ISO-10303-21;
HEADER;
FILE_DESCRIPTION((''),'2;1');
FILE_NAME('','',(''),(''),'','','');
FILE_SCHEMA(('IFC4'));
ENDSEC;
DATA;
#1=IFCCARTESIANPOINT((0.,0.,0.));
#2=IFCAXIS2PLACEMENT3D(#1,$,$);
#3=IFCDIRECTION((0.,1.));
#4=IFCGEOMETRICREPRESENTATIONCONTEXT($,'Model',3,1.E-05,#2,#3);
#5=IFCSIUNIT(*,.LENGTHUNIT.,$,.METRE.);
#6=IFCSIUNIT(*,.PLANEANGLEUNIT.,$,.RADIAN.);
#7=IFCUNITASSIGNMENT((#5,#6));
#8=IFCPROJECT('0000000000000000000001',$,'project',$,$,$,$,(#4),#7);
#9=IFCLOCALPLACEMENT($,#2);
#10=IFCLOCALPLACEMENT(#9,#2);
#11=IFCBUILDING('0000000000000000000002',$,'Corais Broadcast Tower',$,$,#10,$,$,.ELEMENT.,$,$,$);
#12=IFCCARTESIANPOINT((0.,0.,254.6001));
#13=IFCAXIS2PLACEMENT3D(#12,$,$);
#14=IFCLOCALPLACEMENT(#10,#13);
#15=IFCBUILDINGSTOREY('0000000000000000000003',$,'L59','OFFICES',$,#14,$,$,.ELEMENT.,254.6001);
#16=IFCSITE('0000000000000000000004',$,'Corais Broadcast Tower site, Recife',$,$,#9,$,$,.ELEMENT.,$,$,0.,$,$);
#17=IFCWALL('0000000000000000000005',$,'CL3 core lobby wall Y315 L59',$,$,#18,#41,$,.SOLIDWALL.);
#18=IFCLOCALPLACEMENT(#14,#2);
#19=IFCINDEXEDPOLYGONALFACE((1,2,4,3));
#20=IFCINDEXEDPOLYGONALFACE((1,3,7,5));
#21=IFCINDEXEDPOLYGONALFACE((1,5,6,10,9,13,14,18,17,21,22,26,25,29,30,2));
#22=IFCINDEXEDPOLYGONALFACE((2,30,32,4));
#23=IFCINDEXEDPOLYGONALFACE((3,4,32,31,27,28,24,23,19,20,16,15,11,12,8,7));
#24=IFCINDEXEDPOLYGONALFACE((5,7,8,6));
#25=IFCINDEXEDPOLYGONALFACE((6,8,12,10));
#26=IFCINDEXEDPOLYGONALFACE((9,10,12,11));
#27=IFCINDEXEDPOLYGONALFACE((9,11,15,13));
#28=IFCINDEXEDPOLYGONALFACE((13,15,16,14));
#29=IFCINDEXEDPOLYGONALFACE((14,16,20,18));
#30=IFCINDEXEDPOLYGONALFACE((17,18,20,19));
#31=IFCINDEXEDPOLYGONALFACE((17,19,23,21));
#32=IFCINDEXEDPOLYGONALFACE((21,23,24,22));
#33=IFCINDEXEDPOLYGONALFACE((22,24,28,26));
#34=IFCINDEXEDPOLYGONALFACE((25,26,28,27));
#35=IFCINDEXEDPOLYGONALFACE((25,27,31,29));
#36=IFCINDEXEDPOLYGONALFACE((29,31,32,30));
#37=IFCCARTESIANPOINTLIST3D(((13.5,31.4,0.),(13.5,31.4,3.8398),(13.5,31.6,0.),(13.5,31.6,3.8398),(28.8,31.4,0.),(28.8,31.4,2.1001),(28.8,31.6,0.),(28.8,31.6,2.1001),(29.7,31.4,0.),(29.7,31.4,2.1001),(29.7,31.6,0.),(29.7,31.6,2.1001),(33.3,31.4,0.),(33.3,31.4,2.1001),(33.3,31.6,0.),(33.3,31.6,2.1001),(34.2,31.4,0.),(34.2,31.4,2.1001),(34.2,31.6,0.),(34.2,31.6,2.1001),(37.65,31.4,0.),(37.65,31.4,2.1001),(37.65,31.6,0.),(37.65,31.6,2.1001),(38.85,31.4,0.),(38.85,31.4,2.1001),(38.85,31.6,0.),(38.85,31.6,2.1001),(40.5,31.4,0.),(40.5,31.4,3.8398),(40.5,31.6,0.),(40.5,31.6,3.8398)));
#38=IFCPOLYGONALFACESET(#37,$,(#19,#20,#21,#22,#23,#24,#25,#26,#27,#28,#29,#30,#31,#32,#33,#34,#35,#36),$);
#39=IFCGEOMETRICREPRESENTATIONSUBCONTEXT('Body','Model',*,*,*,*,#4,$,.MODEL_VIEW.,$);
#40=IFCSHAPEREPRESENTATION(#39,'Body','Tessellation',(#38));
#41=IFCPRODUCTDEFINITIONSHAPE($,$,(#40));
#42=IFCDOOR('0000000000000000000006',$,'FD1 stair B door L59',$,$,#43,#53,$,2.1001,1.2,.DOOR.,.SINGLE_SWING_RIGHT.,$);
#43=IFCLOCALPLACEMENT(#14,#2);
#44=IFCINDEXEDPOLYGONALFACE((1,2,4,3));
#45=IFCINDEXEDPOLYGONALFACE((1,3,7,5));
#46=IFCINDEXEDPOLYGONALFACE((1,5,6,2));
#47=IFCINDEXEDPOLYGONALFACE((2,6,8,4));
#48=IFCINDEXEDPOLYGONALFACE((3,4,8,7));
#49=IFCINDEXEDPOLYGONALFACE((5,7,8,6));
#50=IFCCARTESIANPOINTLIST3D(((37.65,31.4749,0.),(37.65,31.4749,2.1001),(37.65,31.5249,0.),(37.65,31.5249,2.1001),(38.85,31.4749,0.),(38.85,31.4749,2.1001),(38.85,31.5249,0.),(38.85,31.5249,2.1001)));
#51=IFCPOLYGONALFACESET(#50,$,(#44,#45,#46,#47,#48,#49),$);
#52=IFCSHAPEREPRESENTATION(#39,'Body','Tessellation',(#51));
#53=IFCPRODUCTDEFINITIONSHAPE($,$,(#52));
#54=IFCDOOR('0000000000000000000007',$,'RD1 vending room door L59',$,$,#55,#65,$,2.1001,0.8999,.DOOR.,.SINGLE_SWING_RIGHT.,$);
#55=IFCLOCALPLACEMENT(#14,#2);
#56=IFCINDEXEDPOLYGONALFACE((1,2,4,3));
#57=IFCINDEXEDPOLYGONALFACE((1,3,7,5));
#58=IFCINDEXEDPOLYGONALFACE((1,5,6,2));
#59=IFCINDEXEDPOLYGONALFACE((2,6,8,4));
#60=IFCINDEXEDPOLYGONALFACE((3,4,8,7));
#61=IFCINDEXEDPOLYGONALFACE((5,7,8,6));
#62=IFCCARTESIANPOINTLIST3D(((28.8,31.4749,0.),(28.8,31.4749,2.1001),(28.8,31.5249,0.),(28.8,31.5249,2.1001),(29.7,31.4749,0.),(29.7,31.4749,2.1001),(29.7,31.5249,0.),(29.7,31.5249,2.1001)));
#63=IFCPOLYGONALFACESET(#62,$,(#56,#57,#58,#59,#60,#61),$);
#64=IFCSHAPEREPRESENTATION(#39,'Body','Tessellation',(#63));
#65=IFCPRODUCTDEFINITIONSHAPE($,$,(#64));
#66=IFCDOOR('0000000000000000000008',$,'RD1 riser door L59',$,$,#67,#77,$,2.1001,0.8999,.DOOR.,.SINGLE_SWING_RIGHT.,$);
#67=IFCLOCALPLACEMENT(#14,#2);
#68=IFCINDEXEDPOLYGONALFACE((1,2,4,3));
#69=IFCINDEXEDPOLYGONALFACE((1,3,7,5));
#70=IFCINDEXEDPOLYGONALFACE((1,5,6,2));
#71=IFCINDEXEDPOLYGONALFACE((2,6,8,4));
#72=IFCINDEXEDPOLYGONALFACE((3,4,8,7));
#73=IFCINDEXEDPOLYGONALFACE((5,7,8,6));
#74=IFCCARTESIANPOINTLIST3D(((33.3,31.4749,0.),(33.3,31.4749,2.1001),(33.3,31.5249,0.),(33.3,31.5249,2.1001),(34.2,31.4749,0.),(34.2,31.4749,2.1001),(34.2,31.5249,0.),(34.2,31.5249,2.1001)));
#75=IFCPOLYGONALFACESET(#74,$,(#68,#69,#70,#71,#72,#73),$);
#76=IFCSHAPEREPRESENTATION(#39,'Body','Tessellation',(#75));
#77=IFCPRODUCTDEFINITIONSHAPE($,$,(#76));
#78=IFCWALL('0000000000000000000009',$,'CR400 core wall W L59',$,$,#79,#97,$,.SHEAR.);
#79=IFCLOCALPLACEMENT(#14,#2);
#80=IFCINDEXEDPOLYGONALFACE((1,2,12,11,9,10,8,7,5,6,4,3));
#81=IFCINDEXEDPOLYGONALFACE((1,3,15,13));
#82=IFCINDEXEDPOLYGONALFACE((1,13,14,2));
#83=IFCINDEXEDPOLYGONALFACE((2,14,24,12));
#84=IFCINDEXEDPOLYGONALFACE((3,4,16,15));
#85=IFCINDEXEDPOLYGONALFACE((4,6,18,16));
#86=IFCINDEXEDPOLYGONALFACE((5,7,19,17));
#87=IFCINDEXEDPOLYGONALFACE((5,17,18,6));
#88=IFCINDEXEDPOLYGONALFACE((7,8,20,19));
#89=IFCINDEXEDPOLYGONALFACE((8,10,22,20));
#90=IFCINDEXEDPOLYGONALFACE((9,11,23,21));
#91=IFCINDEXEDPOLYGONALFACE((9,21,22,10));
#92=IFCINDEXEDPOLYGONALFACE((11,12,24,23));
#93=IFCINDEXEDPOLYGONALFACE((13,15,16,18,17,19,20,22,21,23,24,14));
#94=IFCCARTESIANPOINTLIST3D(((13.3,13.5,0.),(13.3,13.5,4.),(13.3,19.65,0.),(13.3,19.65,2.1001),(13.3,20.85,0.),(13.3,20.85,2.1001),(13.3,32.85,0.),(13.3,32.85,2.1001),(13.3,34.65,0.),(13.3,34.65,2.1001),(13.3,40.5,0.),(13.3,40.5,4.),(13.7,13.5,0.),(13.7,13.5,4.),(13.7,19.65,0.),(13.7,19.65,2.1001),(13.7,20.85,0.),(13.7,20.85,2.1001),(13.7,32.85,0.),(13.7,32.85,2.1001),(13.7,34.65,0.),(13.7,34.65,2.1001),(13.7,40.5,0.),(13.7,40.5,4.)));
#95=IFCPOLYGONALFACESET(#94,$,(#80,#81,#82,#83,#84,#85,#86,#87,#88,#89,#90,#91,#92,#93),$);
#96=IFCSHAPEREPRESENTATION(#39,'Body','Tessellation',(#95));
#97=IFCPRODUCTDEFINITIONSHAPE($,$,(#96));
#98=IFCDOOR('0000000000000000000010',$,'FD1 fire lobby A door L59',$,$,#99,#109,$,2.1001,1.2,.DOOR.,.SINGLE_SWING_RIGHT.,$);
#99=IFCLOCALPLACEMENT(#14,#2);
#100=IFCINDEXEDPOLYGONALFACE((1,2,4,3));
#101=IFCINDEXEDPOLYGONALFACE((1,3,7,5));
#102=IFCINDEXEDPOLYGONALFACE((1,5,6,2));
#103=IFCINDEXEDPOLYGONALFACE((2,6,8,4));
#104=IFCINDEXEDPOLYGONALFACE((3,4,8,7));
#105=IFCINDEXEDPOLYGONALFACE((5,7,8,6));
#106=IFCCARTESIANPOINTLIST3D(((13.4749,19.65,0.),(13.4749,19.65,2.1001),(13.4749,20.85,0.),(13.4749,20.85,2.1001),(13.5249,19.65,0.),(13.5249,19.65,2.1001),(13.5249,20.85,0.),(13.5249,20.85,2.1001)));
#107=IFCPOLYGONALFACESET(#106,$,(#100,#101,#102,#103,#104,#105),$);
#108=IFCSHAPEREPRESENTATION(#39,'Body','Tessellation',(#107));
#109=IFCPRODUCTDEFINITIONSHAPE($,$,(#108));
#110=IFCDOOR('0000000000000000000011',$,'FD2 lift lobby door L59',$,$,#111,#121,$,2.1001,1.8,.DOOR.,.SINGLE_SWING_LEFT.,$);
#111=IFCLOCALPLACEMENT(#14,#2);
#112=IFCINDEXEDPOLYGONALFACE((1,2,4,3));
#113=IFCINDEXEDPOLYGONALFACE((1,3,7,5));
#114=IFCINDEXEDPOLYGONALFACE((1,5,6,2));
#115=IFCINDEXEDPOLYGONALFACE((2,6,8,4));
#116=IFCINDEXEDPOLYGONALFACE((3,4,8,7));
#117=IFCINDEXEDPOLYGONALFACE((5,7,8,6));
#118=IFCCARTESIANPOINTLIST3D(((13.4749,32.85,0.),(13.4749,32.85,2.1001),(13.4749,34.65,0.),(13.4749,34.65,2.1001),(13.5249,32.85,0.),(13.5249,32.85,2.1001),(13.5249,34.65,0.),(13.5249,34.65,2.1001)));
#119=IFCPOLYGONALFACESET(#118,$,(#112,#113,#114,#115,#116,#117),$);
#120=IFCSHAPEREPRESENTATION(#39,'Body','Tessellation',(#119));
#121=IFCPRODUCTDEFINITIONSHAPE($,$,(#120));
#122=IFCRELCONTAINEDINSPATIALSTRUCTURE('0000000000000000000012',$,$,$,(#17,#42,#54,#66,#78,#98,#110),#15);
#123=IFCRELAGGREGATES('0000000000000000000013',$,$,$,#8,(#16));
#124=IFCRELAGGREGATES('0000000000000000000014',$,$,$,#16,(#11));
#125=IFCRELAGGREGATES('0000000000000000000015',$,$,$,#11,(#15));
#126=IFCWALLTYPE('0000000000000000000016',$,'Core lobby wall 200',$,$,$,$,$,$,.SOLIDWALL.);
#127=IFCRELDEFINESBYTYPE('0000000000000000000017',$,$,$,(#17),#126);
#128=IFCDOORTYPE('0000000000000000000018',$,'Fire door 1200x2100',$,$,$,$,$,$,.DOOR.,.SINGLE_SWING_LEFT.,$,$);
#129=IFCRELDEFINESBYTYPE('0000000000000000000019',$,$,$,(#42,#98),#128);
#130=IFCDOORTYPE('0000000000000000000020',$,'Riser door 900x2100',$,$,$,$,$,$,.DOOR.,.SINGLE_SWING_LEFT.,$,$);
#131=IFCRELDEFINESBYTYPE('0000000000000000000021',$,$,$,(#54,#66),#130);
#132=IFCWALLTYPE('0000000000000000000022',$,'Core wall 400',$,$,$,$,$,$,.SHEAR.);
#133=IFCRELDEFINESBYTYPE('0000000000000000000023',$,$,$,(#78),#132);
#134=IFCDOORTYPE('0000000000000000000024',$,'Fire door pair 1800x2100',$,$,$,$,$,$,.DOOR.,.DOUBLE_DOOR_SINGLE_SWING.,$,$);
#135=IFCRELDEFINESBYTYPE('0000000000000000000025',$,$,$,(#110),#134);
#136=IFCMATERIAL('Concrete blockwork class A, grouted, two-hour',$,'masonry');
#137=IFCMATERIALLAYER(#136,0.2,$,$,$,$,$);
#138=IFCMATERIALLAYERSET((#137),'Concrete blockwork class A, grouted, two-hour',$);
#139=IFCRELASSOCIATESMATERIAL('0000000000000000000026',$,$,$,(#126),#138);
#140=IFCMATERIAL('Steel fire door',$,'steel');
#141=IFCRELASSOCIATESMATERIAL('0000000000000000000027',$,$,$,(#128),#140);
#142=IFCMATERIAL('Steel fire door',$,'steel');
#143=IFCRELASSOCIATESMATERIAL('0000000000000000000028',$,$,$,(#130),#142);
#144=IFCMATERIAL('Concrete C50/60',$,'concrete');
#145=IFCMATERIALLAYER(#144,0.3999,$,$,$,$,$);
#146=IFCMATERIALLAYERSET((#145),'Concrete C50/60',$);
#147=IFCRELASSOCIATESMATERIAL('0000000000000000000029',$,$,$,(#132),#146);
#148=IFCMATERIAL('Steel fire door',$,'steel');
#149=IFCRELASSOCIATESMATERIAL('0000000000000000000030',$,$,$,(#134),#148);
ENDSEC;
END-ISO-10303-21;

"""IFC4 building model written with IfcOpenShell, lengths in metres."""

from ifc_helpers import new_model, si_unit, direction, frame, frame_2d, origin, place, context, subcontext, project, spatial, rectangle, extrude, material, layer, layer_set, type_object, element, fill, save


model = new_model("IFC4")

# Units and contexts
model_context = context("Model", 3, precision=1e-05, world=origin(), true_north=direction((0.0, 1.0)))
body_context = subcontext(model_context, "Body", "Model", "MODEL_VIEW")
ifc_project = project(units=[si_unit("LENGTHUNIT", "METRE"), si_unit("PLANEANGLEUNIT", "RADIAN")], contexts=[model_context])

# Site, building, storey
site_placement = place(None, origin())
site = spatial("IfcSite", under=ifc_project, at=site_placement, Name="Corais Broadcast Tower site, Recife", CompositionType="ELEMENT", RefElevation=0.0)
building_placement = place(site_placement, origin())
building = spatial("IfcBuilding", under=site, at=building_placement, Name="Corais Broadcast Tower", CompositionType="ELEMENT")
storey_placement = place(building_placement, frame((0.0, 0.0, 254.6001)))
storey = spatial("IfcBuildingStorey", under=building, at=storey_placement, Name="L59", Description="OFFICES", CompositionType="ELEMENT", Elevation=254.6001)

# Walls, openings, doors
ifc_material_1 = material(Name="Concrete blockwork class A, grouted, two-hour", Category="masonry")
ifc_layer_1 = layer(ifc_material_1, 0.2)
ifc_layer_set_1 = layer_set([ifc_layer_1], Name="Concrete blockwork class A, grouted, two-hour")
wall_type_1 = type_object("IfcWallType", Name="Core lobby wall 200", PredefinedType="SOLIDWALL", material=ifc_layer_set_1)
wall_1_placement = place(storey_placement, frame((13.5, 31.5, 0.0), z_axis=(0.0, 0.0, 1.0), x_axis=(1.0, 0.0, 0.0)))
wall_1 = element("IfcWall", 1, at=wall_1_placement, inside=storey, type_object=wall_type_1, Name="CL3 core lobby wall Y315 L59", PredefinedType="SOLIDWALL", context=body_context, shape_type="SweptSolid", body=[
    extrude(rectangle(XDim=27.0, YDim=0.2, at=frame_2d((13.5, 0.0))), origin(), (0.0, 0.0, 1.0), 3.8398),
])
opening_1_placement = place(wall_1_placement, frame((24.1499, 0.0, 0.0)))
opening_1 = element("IfcOpeningElement", 2, at=opening_1_placement, cuts=wall_1, PredefinedType="OPENING", context=body_context, shape_type="SweptSolid", body=[
    extrude(rectangle(XDim=1.2, YDim=2.1001, at=frame_2d((0.6001, 1.05))), frame((0.0, 0.1099, 0.0), z_axis=(0.0, -1.0, 0.0), x_axis=(1.0, 0.0, 0.0)), (0.0, 0.0, 1.0), 0.22),
])
opening_2_placement = place(wall_1_placement, frame((15.3, 0.0, 0.0)))
opening_2 = element("IfcOpeningElement", 3, at=opening_2_placement, cuts=wall_1, PredefinedType="OPENING", context=body_context, shape_type="SweptSolid", body=[
    extrude(rectangle(XDim=0.8999, YDim=2.1001, at=frame_2d((0.45, 1.05))), frame((0.0, 0.1099, 0.0), z_axis=(0.0, -1.0, 0.0), x_axis=(1.0, 0.0, 0.0)), (0.0, 0.0, 1.0), 0.22),
])
opening_3_placement = place(wall_1_placement, frame((19.8, 0.0, 0.0)))
opening_3 = element("IfcOpeningElement", 4, at=opening_3_placement, cuts=wall_1, PredefinedType="OPENING", context=body_context, shape_type="SweptSolid", body=[
    extrude(rectangle(XDim=0.8999, YDim=2.1001, at=frame_2d((0.45, 1.05))), frame((0.0, 0.1099, 0.0), z_axis=(0.0, -1.0, 0.0), x_axis=(1.0, 0.0, 0.0)), (0.0, 0.0, 1.0), 0.22),
])
ifc_material_2 = material(Name="Steel fire door", Category="steel")
door_type_1 = type_object("IfcDoorType", Name="Fire door 1200x2100", OperationType="SINGLE_SWING_LEFT", PredefinedType="DOOR", material=ifc_material_2)
door_1_placement = place(opening_1_placement, origin())
door_1 = element("IfcDoor", 5, at=door_1_placement, inside=storey, type_object=door_type_1, Name="FD1 stair B door L59", OperationType="SINGLE_SWING_RIGHT", OverallHeight=2.1001, OverallWidth=1.2, PredefinedType="DOOR", context=body_context, shape_type="SweptSolid", body=[
    extrude(rectangle(XDim=1.2, YDim=2.1001, at=frame_2d((0.6001, 1.05))), frame((0.0, 0.0249, 0.0), z_axis=(0.0, -1.0, 0.0), x_axis=(1.0, 0.0, 0.0)), (0.0, 0.0, 1.0), 0.05),
])
fill(opening_1, door_1)
ifc_material_3 = material(Name="Steel fire door", Category="steel")
door_type_2 = type_object("IfcDoorType", Name="Riser door 900x2100", OperationType="SINGLE_SWING_LEFT", PredefinedType="DOOR", material=ifc_material_3)
door_2_placement = place(opening_2_placement, origin())
door_2 = element("IfcDoor", 6, at=door_2_placement, inside=storey, type_object=door_type_2, Name="RD1 vending room door L59", OperationType="SINGLE_SWING_RIGHT", OverallHeight=2.1001, OverallWidth=0.8999, PredefinedType="DOOR", context=body_context, shape_type="SweptSolid", body=[
    extrude(rectangle(XDim=0.8999, YDim=2.1001, at=frame_2d((0.45, 1.05))), frame((0.0, 0.0249, 0.0), z_axis=(0.0, -1.0, 0.0), x_axis=(1.0, 0.0, 0.0)), (0.0, 0.0, 1.0), 0.05),
])
fill(opening_2, door_2)
door_3_placement = place(opening_3_placement, origin())
door_3 = element("IfcDoor", 7, at=door_3_placement, inside=storey, type_object=door_type_2, Name="RD1 riser door L59", OperationType="SINGLE_SWING_RIGHT", OverallHeight=2.1001, OverallWidth=0.8999, PredefinedType="DOOR", context=body_context, shape_type="SweptSolid", body=[
    extrude(rectangle(XDim=0.8999, YDim=2.1001, at=frame_2d((0.45, 1.05))), frame((0.0, 0.0249, 0.0), z_axis=(0.0, -1.0, 0.0), x_axis=(1.0, 0.0, 0.0)), (0.0, 0.0, 1.0), 0.05),
])
fill(opening_3, door_3)
ifc_material_4 = material(Name="Concrete C50/60", Category="concrete")
ifc_layer_2 = layer(ifc_material_4, 0.3999)
ifc_layer_set_2 = layer_set([ifc_layer_2], Name="Concrete C50/60")
wall_type_2 = type_object("IfcWallType", Name="Core wall 400", PredefinedType="SHEAR", material=ifc_layer_set_2)
wall_2_placement = place(storey_placement, frame((13.5, 40.5, 0.0), z_axis=(0.0, 0.0, 1.0), x_axis=(0.0, -1.0, 0.0)))
wall_2 = element("IfcWall", 8, at=wall_2_placement, inside=storey, type_object=wall_type_2, Name="CR400 core wall W L59", PredefinedType="SHEAR", context=body_context, shape_type="SweptSolid", body=[
    extrude(rectangle(XDim=27.0, YDim=0.3999, at=frame_2d((13.5, 0.0))), origin(), (0.0, 0.0, 1.0), 4.0),
])
opening_4_placement = place(wall_2_placement, frame((19.6499, 0.0, 0.0)))
opening_4 = element("IfcOpeningElement", 9, at=opening_4_placement, cuts=wall_2, PredefinedType="OPENING", context=body_context, shape_type="SweptSolid", body=[
    extrude(rectangle(XDim=1.2, YDim=2.1001, at=frame_2d((0.6001, 1.05))), frame((0.0, 0.21, 0.0), z_axis=(0.0, -1.0, 0.0), x_axis=(1.0, 0.0, 0.0)), (0.0, 0.0, 1.0), 0.4199),
])
opening_5_placement = place(wall_2_placement, frame((5.8501, 0.0, 0.0)))
opening_5 = element("IfcOpeningElement", 10, at=opening_5_placement, cuts=wall_2, PredefinedType="OPENING", context=body_context, shape_type="SweptSolid", body=[
    extrude(rectangle(XDim=1.8, YDim=2.1001, at=frame_2d((0.8999, 1.05))), frame((0.0, 0.21, 0.0), z_axis=(0.0, -1.0, 0.0), x_axis=(1.0, 0.0, 0.0)), (0.0, 0.0, 1.0), 0.4199),
])
door_4_placement = place(opening_4_placement, origin())
door_4 = element("IfcDoor", 11, at=door_4_placement, inside=storey, type_object=door_type_1, Name="FD1 fire lobby A door L59", OperationType="SINGLE_SWING_RIGHT", OverallHeight=2.1001, OverallWidth=1.2, PredefinedType="DOOR", context=body_context, shape_type="SweptSolid", body=[
    extrude(rectangle(XDim=1.2, YDim=2.1001, at=frame_2d((0.6001, 1.05))), frame((0.0, 0.0249, 0.0), z_axis=(0.0, -1.0, 0.0), x_axis=(1.0, 0.0, 0.0)), (0.0, 0.0, 1.0), 0.05),
])
fill(opening_4, door_4)
ifc_material_5 = material(Name="Steel fire door", Category="steel")
door_type_3 = type_object("IfcDoorType", Name="Fire door pair 1800x2100", OperationType="DOUBLE_DOOR_SINGLE_SWING", PredefinedType="DOOR", material=ifc_material_5)
door_5_placement = place(opening_5_placement, origin())
door_5 = element("IfcDoor", 12, at=door_5_placement, inside=storey, type_object=door_type_3, Name="FD2 lift lobby door L59", OperationType="SINGLE_SWING_LEFT", OverallHeight=2.1001, OverallWidth=1.8, PredefinedType="DOOR", context=body_context, shape_type="SweptSolid", body=[
    extrude(rectangle(XDim=1.8, YDim=2.1001, at=frame_2d((0.8999, 1.05))), frame((0.0, 0.0249, 0.0), z_axis=(0.0, -1.0, 0.0), x_axis=(1.0, 0.0, 0.0)), (0.0, 0.0, 1.0), 0.05),
])
fill(opening_5, door_5)

save(model, "model.ifc")
